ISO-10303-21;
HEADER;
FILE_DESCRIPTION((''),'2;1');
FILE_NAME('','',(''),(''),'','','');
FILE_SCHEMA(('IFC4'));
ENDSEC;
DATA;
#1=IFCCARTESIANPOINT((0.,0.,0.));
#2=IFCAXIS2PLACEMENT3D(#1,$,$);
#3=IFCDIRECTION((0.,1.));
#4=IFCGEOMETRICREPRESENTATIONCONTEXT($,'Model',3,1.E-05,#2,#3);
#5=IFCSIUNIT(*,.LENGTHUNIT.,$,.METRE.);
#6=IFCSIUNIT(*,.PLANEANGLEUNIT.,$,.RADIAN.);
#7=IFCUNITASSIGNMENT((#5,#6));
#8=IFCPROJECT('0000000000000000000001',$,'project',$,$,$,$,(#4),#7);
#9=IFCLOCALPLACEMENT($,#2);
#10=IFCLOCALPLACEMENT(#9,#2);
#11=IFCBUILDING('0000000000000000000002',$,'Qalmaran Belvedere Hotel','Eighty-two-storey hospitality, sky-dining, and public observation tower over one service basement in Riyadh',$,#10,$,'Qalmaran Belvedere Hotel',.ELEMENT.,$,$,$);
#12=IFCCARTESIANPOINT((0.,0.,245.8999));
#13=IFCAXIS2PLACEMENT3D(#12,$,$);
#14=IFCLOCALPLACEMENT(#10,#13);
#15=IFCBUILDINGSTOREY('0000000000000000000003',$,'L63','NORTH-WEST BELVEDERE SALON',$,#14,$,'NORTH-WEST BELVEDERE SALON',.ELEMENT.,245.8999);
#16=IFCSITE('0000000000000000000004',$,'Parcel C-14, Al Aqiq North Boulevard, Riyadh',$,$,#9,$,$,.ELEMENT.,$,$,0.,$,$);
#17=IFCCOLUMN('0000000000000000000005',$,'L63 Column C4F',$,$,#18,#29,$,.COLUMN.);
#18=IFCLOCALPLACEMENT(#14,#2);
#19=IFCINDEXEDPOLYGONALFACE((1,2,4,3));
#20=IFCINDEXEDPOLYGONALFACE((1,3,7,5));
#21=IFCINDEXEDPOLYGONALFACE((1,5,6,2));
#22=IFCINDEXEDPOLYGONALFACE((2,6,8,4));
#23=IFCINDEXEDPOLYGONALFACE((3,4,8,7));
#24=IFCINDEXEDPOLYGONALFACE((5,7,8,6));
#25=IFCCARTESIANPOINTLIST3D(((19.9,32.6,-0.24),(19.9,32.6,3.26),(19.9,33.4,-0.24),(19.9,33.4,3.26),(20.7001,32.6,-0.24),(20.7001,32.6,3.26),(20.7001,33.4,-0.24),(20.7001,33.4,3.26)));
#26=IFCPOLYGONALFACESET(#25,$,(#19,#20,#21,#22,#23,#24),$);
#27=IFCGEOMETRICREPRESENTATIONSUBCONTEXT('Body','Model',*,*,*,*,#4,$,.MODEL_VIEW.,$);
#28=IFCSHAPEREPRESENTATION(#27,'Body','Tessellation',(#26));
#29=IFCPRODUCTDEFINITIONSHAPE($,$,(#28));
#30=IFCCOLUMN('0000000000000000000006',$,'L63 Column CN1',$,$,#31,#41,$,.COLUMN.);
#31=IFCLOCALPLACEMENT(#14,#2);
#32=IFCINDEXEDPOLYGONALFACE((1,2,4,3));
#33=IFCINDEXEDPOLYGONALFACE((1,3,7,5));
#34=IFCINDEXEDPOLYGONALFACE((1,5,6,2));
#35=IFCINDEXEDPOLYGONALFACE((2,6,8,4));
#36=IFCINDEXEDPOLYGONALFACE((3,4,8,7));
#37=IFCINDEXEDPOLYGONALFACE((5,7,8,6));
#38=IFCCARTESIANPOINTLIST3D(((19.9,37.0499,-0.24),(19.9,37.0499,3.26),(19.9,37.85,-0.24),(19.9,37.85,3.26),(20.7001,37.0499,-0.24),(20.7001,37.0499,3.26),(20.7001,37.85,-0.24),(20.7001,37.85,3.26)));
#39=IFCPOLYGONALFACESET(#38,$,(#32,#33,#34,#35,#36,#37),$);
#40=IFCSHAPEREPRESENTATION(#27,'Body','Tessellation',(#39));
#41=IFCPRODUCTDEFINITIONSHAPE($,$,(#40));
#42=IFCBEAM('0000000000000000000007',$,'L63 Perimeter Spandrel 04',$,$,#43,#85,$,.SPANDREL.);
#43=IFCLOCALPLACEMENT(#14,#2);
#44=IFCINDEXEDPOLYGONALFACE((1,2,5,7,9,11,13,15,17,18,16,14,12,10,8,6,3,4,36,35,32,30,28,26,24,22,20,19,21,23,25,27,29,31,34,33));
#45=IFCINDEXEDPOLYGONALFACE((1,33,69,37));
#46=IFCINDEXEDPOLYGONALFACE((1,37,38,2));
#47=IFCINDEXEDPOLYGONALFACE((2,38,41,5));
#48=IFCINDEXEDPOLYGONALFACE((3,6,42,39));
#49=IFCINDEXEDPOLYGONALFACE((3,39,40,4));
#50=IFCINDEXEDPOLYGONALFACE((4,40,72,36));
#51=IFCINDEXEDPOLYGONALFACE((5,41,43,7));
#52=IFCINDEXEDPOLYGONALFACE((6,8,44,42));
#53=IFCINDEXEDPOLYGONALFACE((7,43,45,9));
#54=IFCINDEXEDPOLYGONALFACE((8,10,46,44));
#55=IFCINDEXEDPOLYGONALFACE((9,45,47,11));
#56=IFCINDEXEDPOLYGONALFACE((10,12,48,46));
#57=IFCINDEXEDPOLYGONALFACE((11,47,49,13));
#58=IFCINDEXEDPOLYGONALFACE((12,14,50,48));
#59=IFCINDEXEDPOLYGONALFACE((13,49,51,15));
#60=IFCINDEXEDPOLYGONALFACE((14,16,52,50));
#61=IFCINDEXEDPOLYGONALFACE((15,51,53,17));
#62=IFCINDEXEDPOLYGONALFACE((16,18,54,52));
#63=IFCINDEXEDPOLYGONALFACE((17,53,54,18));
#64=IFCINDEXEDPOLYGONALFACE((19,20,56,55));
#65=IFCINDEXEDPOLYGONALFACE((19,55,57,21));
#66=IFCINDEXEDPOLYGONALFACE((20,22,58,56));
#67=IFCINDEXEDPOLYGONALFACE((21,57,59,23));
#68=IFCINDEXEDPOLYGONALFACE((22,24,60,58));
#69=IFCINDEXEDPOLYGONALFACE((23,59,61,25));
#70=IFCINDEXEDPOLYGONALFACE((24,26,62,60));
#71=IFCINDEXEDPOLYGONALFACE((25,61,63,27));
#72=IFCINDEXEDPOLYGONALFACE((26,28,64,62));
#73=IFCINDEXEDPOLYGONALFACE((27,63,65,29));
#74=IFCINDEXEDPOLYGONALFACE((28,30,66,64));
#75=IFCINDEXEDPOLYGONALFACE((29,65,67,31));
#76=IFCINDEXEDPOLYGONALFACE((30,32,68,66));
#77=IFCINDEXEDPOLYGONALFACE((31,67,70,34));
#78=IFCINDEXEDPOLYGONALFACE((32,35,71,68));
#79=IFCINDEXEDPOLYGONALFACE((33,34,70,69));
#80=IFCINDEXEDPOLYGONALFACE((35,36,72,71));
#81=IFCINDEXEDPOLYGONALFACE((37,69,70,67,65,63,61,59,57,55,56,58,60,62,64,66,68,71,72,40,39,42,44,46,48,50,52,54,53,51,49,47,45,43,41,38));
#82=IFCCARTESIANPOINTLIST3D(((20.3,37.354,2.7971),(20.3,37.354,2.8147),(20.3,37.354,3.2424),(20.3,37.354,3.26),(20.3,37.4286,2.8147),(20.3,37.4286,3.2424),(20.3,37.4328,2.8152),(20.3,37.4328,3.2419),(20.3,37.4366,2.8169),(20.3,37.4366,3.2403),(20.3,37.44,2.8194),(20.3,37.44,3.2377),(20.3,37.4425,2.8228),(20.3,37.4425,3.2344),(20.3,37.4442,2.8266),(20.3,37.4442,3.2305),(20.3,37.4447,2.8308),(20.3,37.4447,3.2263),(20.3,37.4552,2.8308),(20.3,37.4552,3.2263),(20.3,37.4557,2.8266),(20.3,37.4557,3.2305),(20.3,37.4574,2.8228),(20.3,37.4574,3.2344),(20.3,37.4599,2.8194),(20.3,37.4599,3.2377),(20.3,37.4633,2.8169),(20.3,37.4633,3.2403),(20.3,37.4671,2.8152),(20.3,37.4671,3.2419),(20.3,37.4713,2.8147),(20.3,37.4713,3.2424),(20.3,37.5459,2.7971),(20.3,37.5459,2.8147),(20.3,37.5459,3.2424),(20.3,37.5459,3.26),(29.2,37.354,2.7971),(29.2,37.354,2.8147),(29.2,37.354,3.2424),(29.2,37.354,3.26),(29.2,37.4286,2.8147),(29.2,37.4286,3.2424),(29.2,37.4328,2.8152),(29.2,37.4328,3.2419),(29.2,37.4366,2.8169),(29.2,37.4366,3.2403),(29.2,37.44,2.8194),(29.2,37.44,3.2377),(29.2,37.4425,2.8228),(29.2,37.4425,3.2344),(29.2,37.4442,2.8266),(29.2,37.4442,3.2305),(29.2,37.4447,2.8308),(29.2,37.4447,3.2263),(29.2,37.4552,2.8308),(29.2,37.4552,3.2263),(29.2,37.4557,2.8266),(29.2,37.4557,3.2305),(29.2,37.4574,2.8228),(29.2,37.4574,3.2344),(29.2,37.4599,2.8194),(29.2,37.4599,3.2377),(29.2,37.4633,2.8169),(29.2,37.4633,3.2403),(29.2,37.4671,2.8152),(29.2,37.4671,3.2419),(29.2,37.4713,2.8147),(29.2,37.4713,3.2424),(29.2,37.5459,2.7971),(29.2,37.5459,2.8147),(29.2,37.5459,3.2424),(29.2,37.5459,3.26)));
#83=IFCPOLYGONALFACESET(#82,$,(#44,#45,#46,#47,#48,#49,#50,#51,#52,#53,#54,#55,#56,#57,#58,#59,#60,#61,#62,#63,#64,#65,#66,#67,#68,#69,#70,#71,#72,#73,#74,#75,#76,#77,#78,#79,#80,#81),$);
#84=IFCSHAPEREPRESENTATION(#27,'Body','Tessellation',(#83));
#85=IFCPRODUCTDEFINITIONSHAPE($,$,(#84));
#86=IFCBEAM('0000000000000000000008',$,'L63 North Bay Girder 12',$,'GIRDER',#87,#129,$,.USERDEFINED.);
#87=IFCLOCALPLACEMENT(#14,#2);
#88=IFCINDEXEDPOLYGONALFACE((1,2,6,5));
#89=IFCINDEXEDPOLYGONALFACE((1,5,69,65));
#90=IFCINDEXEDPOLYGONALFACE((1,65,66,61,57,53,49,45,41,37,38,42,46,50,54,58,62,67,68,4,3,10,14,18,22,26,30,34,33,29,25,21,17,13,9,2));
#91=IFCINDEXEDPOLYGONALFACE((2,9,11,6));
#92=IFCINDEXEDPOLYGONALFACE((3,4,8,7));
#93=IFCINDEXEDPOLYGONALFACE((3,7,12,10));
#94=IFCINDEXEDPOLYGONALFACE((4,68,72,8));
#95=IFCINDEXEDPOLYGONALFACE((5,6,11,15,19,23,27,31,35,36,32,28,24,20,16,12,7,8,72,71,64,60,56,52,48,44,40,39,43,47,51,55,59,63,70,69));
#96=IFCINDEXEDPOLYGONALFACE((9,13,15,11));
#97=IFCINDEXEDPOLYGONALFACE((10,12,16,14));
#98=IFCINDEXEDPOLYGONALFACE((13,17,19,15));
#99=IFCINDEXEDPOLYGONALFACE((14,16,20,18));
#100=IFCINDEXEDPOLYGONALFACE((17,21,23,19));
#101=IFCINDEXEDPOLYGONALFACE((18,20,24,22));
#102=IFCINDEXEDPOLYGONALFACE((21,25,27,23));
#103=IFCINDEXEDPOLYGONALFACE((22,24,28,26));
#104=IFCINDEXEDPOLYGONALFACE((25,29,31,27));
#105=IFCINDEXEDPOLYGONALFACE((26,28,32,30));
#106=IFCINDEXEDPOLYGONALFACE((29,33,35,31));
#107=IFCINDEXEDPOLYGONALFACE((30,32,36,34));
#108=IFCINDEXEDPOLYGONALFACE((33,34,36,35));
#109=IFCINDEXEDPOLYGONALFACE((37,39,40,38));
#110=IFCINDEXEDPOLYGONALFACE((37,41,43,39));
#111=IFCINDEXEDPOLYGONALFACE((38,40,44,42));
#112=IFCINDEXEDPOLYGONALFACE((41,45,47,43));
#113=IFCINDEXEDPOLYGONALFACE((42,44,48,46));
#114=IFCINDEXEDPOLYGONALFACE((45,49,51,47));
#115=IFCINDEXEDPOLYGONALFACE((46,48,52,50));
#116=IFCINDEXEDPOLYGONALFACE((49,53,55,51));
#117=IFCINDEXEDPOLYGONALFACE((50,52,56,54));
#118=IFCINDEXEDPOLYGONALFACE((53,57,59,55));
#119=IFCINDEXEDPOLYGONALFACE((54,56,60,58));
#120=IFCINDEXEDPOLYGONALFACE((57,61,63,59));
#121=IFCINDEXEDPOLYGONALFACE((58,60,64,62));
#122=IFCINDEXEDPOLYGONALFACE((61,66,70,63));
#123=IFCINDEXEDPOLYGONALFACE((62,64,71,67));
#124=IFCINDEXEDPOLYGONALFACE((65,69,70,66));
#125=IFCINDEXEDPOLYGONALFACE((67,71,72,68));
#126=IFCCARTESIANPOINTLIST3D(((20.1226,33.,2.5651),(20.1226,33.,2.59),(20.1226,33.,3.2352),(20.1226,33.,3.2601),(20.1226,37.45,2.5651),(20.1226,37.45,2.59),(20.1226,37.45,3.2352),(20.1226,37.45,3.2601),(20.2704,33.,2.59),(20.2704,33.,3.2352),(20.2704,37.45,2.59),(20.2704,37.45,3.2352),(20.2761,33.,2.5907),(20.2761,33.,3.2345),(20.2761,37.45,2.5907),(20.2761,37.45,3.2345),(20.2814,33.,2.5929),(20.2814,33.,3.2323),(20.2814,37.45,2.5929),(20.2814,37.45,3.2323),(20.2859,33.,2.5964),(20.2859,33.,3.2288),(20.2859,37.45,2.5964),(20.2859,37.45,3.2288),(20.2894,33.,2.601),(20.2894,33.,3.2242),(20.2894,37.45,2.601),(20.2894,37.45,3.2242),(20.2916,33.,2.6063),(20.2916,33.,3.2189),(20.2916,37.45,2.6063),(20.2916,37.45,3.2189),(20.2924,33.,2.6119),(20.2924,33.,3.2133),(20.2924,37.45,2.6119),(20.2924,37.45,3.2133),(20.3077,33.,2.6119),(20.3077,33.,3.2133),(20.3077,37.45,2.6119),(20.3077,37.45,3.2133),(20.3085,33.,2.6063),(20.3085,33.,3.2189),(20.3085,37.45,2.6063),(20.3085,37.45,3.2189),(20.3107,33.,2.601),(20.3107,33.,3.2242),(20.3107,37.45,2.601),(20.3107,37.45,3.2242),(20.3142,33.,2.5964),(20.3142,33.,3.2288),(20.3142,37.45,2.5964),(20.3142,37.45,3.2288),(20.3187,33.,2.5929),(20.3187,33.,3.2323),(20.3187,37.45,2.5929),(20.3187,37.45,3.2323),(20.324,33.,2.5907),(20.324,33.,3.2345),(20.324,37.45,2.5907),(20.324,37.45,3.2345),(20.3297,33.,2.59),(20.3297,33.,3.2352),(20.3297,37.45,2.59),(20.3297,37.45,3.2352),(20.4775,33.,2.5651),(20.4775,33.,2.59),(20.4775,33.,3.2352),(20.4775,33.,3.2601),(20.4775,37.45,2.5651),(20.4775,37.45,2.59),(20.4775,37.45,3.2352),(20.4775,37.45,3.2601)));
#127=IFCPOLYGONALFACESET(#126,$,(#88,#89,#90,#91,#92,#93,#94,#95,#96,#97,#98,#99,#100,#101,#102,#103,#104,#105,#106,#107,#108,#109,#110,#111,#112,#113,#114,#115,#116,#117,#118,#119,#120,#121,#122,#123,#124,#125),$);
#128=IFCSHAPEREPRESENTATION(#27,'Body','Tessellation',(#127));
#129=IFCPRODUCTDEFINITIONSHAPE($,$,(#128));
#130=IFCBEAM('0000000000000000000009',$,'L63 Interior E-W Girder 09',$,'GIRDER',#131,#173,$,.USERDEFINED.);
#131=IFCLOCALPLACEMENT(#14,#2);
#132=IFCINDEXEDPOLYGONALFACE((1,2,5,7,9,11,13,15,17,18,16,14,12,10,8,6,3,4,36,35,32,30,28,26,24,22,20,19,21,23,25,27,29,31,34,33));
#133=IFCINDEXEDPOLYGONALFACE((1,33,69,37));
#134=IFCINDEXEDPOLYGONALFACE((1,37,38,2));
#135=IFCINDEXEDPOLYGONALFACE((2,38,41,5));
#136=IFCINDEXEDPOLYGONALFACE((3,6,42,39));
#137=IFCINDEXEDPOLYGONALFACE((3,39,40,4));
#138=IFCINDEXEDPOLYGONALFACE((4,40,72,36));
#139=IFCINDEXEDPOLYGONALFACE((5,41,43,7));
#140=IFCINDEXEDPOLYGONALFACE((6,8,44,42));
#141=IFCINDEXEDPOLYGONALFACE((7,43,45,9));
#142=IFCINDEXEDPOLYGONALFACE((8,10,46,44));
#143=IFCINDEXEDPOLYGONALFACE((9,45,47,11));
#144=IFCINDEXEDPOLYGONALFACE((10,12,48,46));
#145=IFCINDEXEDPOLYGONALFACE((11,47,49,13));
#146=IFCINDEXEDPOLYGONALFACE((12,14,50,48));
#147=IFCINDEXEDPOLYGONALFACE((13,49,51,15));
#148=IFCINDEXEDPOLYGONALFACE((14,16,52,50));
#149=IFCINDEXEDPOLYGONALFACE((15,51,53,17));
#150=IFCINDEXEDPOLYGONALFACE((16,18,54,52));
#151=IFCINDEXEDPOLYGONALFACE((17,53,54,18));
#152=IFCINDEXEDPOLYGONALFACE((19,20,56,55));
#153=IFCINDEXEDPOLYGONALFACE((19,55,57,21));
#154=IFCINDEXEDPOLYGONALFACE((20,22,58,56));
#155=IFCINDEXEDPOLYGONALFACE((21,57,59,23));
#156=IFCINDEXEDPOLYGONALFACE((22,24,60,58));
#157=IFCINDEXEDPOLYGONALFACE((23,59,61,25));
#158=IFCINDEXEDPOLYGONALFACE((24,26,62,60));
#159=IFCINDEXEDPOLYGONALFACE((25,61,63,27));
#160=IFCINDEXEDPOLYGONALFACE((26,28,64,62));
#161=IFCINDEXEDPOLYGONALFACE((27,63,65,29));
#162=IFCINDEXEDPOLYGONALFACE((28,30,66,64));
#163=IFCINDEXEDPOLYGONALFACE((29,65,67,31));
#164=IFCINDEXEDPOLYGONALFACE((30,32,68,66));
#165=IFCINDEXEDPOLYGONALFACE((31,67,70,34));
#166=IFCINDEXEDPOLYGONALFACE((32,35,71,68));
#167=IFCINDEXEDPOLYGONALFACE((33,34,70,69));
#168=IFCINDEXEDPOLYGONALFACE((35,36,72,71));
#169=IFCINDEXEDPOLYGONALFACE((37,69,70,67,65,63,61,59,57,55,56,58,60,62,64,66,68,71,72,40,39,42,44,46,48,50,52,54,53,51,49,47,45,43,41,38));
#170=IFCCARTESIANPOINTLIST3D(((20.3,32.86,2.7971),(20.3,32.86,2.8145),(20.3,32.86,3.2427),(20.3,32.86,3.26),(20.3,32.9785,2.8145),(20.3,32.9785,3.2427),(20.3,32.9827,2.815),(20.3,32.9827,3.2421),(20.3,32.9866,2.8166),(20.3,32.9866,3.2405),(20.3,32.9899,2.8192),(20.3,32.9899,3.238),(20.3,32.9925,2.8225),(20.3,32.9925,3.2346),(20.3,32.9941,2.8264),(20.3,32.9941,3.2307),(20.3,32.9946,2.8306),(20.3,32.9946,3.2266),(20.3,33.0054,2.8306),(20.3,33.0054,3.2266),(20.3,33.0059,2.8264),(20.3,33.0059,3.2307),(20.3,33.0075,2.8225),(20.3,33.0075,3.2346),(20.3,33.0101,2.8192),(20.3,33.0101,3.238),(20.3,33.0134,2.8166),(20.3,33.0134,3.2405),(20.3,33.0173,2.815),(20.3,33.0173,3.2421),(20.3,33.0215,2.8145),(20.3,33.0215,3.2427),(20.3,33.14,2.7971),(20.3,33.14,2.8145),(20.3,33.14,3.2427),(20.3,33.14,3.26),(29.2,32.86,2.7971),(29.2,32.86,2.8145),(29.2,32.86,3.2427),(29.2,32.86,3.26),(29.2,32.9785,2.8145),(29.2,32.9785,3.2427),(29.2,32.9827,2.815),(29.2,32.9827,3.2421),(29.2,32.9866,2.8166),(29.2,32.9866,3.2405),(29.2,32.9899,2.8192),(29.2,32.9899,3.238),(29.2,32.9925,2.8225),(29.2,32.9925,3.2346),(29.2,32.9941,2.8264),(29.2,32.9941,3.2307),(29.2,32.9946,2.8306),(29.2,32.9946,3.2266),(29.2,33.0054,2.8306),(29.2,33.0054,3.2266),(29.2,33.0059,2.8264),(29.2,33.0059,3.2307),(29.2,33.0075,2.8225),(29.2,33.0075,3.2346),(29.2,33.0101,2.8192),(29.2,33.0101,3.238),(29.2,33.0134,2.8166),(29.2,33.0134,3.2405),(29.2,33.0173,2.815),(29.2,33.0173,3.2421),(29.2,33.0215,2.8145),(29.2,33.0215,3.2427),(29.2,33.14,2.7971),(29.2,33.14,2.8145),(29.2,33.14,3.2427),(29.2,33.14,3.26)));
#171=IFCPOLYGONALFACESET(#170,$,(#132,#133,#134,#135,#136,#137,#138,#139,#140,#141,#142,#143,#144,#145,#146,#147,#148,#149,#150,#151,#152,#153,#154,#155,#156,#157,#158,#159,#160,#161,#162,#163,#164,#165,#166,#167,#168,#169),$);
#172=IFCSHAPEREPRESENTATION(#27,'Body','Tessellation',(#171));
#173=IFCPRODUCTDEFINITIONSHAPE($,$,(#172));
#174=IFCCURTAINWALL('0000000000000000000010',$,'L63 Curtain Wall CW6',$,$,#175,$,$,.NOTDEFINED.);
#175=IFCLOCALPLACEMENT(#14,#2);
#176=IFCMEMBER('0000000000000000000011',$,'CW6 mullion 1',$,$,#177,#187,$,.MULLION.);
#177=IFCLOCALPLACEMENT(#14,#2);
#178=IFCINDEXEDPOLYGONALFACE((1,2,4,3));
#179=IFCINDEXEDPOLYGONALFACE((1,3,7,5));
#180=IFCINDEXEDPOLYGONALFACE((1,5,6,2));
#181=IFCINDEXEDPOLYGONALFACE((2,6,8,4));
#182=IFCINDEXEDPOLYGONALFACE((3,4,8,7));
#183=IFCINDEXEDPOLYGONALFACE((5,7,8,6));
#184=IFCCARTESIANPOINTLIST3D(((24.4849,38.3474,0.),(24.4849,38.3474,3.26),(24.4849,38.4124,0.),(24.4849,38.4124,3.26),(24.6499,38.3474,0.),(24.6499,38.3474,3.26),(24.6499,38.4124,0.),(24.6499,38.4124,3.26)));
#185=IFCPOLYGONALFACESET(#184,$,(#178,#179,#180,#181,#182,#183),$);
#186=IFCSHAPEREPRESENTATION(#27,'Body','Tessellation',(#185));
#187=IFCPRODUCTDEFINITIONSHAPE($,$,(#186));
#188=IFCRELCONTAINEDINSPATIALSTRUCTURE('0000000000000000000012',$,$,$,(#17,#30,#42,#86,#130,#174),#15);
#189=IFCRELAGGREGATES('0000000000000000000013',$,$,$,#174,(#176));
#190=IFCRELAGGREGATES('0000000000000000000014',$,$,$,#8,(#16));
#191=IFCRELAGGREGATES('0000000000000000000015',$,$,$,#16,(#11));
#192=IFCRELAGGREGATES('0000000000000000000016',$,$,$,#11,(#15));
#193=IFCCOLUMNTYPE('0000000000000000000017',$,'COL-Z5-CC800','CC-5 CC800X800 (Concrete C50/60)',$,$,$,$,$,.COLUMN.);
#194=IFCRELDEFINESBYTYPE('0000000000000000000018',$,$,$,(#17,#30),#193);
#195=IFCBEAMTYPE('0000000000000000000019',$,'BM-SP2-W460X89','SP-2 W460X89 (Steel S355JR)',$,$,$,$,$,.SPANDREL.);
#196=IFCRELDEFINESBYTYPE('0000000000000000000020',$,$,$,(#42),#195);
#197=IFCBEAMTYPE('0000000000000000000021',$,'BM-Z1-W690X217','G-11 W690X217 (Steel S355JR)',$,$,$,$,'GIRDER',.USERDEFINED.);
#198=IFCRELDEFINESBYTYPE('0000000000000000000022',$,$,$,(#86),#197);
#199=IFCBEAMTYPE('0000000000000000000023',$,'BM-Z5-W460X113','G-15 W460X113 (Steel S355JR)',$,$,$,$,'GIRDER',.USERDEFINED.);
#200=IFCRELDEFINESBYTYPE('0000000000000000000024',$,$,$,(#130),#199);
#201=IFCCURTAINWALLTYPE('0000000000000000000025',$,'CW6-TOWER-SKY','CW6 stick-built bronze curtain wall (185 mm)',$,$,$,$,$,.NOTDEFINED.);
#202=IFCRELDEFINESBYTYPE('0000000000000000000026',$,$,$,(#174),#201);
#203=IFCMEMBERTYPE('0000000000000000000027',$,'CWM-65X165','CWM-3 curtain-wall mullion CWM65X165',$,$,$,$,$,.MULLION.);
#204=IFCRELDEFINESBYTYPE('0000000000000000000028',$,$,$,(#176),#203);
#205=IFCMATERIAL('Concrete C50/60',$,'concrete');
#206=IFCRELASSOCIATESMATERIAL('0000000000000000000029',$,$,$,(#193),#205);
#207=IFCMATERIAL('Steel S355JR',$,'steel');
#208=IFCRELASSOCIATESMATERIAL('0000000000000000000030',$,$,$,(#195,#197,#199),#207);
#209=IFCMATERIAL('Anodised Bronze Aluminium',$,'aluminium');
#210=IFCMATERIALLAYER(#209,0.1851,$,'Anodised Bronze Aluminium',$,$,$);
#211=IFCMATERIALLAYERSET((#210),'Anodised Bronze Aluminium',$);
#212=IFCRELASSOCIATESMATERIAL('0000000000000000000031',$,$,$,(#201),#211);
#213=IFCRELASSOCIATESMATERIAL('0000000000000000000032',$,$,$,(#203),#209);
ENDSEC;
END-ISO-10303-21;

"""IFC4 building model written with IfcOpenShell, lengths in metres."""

from ifc_helpers import new_model, si_unit, direction, frame, origin, origin_2d, place, context, subcontext, project, spatial, rectangle, i_section, extrude, material, layer, layer_set, material_profile, profile_set, type_object, element, aggregate, save


model = new_model("IFC4")

# Units and contexts
model_context = context("Model", 3, precision=1e-05, world=origin(), true_north=direction((0.0, 1.0)))
body_context = subcontext(model_context, "Body", "Model", "MODEL_VIEW")
ifc_project = project(units=[si_unit("LENGTHUNIT", "METRE"), si_unit("PLANEANGLEUNIT", "RADIAN")], contexts=[model_context])

# Site, building, storey
site_placement = place(None, origin())
site = spatial("IfcSite", under=ifc_project, at=site_placement, Name="Parcel C-14, Al Aqiq North Boulevard, Riyadh", CompositionType="ELEMENT", RefElevation=0.0)
building_placement = place(site_placement, origin())
building = spatial("IfcBuilding", under=site, at=building_placement, Name="Qalmaran Belvedere Hotel", Description="Eighty-two-storey hospitality, sky-dining, and public observation tower over one service basement in Riyadh", LongName="Qalmaran Belvedere Hotel", CompositionType="ELEMENT")
storey_placement = place(building_placement, frame((0.0, 0.0, 245.8999)))
storey = spatial("IfcBuildingStorey", under=building, at=storey_placement, Name="L63", Description="NORTH-WEST BELVEDERE SALON", LongName="NORTH-WEST BELVEDERE SALON", CompositionType="ELEMENT", Elevation=245.8999)

# Columns
ifc_material_1 = material(Name="Concrete C50/60", Category="concrete")
ifc_material_profile_1 = material_profile(ifc_material_1, rectangle(XDim=0.8, YDim=0.8, at=origin_2d()), Name="CC800X800")
ifc_profile_set_1 = profile_set([ifc_material_profile_1], Name="Concrete C50/60")
column_type = type_object("IfcColumnType", Name="COL-Z5-CC800", Description="CC-5 CC800X800 (Concrete C50/60)", PredefinedType="COLUMN", material=ifc_profile_set_1)
for number, where, z_axis, x_axis, name in (
    (1, (20.3, 33.0, -0.24), (0.0, 0.0, 1.0), (1.0, 0.0, 0.0), "L63 Column C4F"),
    (2, (20.3, 37.45, -0.24), (0.0, 0.0, 1.0), (1.0, 0.0, 0.0), "L63 Column CN1"),
):
    element("IfcColumn", number, at=place(storey_placement, frame(where, z_axis=z_axis, x_axis=x_axis)), inside=storey, type_object=column_type, Name=name, PredefinedType="COLUMN", context=body_context, shape_type="SweptSolid", body=[
        extrude(rectangle(XDim=0.8, YDim=0.8, at=origin_2d()), origin(), (0.0, 0.0, 1.0), 3.5),
    ])

# Beams
ifc_material_2 = material(Name="Steel S355JR", Category="steel")
ifc_material_profile_2 = material_profile(ifc_material_2, i_section(OverallWidth=0.1919, OverallDepth=0.4629, WebThickness=0.0105, FlangeThickness=0.0176, FilletRadius=0.0161, at=origin_2d()), Name="W460X89")
ifc_profile_set_2 = profile_set([ifc_material_profile_2], Name="Steel S355JR")
beam_type_1 = type_object("IfcBeamType", Name="BM-SP2-W460X89", Description="SP-2 W460X89 (Steel S355JR)", PredefinedType="SPANDREL", material=ifc_profile_set_2)
beam_1_placement = place(storey_placement, frame((20.3, 37.45, 3.0286), z_axis=(1.0, 0.0, 0.0), x_axis=(0.0, 1.0, 0.0)))
element("IfcBeam", 3, at=beam_1_placement, inside=storey, type_object=beam_type_1, Name="L63 Perimeter Spandrel 04", PredefinedType="SPANDREL", context=body_context, shape_type="SweptSolid", body=[
    extrude(i_section(OverallWidth=0.1919, OverallDepth=0.4629, WebThickness=0.0105, FlangeThickness=0.0176, FilletRadius=0.0161, at=origin_2d()), origin(), (0.0, 0.0, 1.0), 8.8999),
])
ifc_material_profile_3 = material_profile(ifc_material_2, i_section(OverallWidth=0.355, OverallDepth=0.6951, WebThickness=0.0154, FlangeThickness=0.0249, FilletRadius=0.022, at=origin_2d()), Name="W690X217")
ifc_profile_set_3 = profile_set([ifc_material_profile_3], Name="Steel S355JR")
beam_type_2 = type_object("IfcBeamType", Name="BM-Z1-W690X217", Description="G-11 W690X217 (Steel S355JR)", ElementType="GIRDER", PredefinedType="USERDEFINED", material=ifc_profile_set_3)
beam_2_placement = place(storey_placement, frame((20.3, 33.0, 2.9126), z_axis=(0.0, 1.0, 0.0), x_axis=(-1.0, 0.0, 0.0)))
element("IfcBeam", 4, at=beam_2_placement, inside=storey, type_object=beam_type_2, Name="L63 North Bay Girder 12", ObjectType="GIRDER", PredefinedType="USERDEFINED", context=body_context, shape_type="SweptSolid", body=[
    extrude(i_section(OverallWidth=0.355, OverallDepth=0.6951, WebThickness=0.0154, FlangeThickness=0.0249, FilletRadius=0.022, at=origin_2d()), origin(), (0.0, 0.0, 1.0), 4.45),
])
ifc_material_profile_4 = material_profile(ifc_material_2, i_section(OverallWidth=0.28, OverallDepth=0.4629, WebThickness=0.0107, FlangeThickness=0.0173, FilletRadius=0.0161, at=origin_2d()), Name="W460X113")
ifc_profile_set_4 = profile_set([ifc_material_profile_4], Name="Steel S355JR")
beam_type_3 = type_object("IfcBeamType", Name="BM-Z5-W460X113", Description="G-15 W460X113 (Steel S355JR)", ElementType="GIRDER", PredefinedType="USERDEFINED", material=ifc_profile_set_4)
beam_3_placement = place(storey_placement, frame((20.3, 33.0, 3.0286), z_axis=(1.0, 0.0, 0.0), x_axis=(0.0, 1.0, 0.0)))
element("IfcBeam", 5, at=beam_3_placement, inside=storey, type_object=beam_type_3, Name="L63 Interior E-W Girder 09", ObjectType="GIRDER", PredefinedType="USERDEFINED", context=body_context, shape_type="SweptSolid", body=[
    extrude(i_section(OverallWidth=0.28, OverallDepth=0.4629, WebThickness=0.0107, FlangeThickness=0.0173, FilletRadius=0.0161, at=origin_2d()), origin(), (0.0, 0.0, 1.0), 8.8999),
])

# Curtain wall, member
ifc_material_3 = material(Name="Anodised Bronze Aluminium", Category="aluminium")
ifc_layer_1 = layer(ifc_material_3, 0.1851, Name="Anodised Bronze Aluminium")
ifc_layer_set_1 = layer_set([ifc_layer_1], Name="Anodised Bronze Aluminium")
curtain_wall_type = type_object("IfcCurtainWallType", Name="CW6-TOWER-SKY", Description="CW6 stick-built bronze curtain wall (185 mm)", PredefinedType="NOTDEFINED", material=ifc_layer_set_1)
curtain_wall_1_placement = place(storey_placement, origin())
curtain_wall_1 = element("IfcCurtainWall", 6, at=curtain_wall_1_placement, inside=storey, type_object=curtain_wall_type, Name="L63 Curtain Wall CW6", PredefinedType="NOTDEFINED")
ifc_material_profile_5 = material_profile(ifc_material_3, rectangle(XDim=0.0649, YDim=0.165, at=origin_2d()), Name="CWM65X165")
ifc_profile_set_5 = profile_set([ifc_material_profile_5], Name="Anodised Bronze Aluminium")
member_type_1 = type_object("IfcMemberType", Name="CWM-65X165", Description="CWM-3 curtain-wall mullion CWM65X165", PredefinedType="MULLION", material=ifc_profile_set_5)
member_1_placement = place(storey_placement, frame((24.5674, 38.3799, 0.0), z_axis=(0.0, 0.0, 1.0), x_axis=(0.0, -1.0, 0.0)))
member_1 = element("IfcMember", 7, at=member_1_placement, type_object=member_type_1, Name="CW6 mullion 1", PredefinedType="MULLION", context=body_context, shape_type="SweptSolid", body=[
    extrude(rectangle(XDim=0.0649, YDim=0.165, at=origin_2d()), origin(), (0.0, 0.0, 1.0), 3.26),
])

aggregate(curtain_wall_1, [member_1])

save(model, "model.ifc")
